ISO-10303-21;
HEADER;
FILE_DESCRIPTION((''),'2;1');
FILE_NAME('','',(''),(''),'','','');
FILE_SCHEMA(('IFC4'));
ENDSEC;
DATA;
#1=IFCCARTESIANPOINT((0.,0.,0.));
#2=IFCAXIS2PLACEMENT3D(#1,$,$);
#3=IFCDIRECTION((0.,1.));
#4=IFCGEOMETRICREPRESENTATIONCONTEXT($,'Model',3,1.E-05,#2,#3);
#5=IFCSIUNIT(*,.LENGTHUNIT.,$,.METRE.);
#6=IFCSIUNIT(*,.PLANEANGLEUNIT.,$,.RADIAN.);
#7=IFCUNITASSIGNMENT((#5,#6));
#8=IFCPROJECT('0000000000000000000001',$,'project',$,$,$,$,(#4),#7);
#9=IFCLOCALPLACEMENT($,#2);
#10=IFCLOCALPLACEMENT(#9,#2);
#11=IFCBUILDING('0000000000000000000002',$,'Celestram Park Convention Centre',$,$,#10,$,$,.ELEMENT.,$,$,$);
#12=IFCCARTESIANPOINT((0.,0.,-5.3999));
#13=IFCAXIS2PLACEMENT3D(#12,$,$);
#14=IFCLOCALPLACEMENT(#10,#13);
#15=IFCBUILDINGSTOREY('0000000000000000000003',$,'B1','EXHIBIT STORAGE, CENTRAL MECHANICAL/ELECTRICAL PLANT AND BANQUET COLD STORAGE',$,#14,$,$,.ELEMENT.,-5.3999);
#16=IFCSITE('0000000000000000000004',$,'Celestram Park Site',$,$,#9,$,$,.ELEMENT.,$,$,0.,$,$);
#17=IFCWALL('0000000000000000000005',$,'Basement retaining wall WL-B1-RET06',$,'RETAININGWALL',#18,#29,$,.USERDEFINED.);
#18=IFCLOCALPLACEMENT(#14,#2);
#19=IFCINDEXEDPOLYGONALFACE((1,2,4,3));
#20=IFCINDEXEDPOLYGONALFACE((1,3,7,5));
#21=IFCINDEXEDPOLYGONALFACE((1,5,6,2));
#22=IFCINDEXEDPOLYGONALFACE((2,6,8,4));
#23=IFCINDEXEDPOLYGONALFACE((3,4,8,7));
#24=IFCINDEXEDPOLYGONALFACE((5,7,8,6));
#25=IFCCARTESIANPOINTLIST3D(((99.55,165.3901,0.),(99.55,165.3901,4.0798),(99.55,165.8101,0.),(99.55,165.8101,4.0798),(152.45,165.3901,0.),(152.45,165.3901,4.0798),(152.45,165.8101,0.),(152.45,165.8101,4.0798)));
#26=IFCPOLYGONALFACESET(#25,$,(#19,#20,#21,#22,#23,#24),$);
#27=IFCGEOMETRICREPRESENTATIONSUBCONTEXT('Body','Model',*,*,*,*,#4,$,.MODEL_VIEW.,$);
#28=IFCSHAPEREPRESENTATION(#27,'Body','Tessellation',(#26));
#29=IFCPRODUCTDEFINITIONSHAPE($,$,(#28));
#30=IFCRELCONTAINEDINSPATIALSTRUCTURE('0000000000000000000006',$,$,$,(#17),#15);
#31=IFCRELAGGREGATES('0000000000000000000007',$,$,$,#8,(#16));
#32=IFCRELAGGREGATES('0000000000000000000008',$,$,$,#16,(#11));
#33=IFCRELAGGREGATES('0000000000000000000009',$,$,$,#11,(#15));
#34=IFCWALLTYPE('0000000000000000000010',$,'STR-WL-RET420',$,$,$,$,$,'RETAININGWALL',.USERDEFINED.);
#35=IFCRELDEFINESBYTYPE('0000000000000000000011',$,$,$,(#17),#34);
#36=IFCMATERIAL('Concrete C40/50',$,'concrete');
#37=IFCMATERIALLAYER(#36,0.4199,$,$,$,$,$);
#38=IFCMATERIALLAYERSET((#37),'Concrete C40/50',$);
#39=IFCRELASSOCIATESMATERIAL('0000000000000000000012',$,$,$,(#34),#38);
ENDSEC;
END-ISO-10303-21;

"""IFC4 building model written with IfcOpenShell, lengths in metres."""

from ifc_helpers import new_model, si_unit, direction, frame, frame_2d, origin, place, context, subcontext, project, spatial, rectangle, extrude, material, layer, layer_set, type_object, element, save


model = new_model("IFC4")

# Units and contexts
model_context = context("Model", 3, precision=1e-05, world=origin(), true_north=direction((0.0, 1.0)))
body_context = subcontext(model_context, "Body", "Model", "MODEL_VIEW")
ifc_project = project(units=[si_unit("LENGTHUNIT", "METRE"), si_unit("PLANEANGLEUNIT", "RADIAN")], contexts=[model_context])

# Site, building, storey
site_placement = place(None, origin())
site = spatial("IfcSite", under=ifc_project, at=site_placement, Name="Celestram Park Site", CompositionType="ELEMENT", RefElevation=0.0)
building_placement = place(site_placement, origin())
building = spatial("IfcBuilding", under=site, at=building_placement, Name="Celestram Park Convention Centre", CompositionType="ELEMENT")
storey_placement = place(building_placement, frame((0.0, 0.0, -5.3999)))
storey = spatial("IfcBuildingStorey", under=building, at=storey_placement, Name="B1", Description="EXHIBIT STORAGE, CENTRAL MECHANICAL/ELECTRICAL PLANT AND BANQUET COLD STORAGE", CompositionType="ELEMENT", Elevation=-5.3999)

# Shared definitions
ifc_material_1 = material(Name="Concrete C40/50", Category="concrete")

# Wall
ifc_layer = layer(ifc_material_1, 0.4199)
ifc_layer_set = layer_set([ifc_layer], Name="Concrete C40/50")
wall_type = type_object("IfcWallType", Name="STR-WL-RET420", ElementType="RETAININGWALL", PredefinedType="USERDEFINED", material=ifc_layer_set)
wall_placement = place(storey_placement, frame((99.55, 165.6001, 0.0), z_axis=(0.0, 0.0, 1.0), x_axis=(1.0, 0.0, 0.0)))
element("IfcWall", 1, at=wall_placement, inside=storey, type_object=wall_type, Name="Basement retaining wall WL-B1-RET06", ObjectType="RETAININGWALL", PredefinedType="USERDEFINED", context=body_context, shape_type="SweptSolid", body=[
    extrude(rectangle(XDim=52.8999, YDim=0.4199, at=frame_2d((26.45, 0.0))), origin(), (0.0, 0.0, 1.0), 4.0798),
])

save(model, "model.ifc")
